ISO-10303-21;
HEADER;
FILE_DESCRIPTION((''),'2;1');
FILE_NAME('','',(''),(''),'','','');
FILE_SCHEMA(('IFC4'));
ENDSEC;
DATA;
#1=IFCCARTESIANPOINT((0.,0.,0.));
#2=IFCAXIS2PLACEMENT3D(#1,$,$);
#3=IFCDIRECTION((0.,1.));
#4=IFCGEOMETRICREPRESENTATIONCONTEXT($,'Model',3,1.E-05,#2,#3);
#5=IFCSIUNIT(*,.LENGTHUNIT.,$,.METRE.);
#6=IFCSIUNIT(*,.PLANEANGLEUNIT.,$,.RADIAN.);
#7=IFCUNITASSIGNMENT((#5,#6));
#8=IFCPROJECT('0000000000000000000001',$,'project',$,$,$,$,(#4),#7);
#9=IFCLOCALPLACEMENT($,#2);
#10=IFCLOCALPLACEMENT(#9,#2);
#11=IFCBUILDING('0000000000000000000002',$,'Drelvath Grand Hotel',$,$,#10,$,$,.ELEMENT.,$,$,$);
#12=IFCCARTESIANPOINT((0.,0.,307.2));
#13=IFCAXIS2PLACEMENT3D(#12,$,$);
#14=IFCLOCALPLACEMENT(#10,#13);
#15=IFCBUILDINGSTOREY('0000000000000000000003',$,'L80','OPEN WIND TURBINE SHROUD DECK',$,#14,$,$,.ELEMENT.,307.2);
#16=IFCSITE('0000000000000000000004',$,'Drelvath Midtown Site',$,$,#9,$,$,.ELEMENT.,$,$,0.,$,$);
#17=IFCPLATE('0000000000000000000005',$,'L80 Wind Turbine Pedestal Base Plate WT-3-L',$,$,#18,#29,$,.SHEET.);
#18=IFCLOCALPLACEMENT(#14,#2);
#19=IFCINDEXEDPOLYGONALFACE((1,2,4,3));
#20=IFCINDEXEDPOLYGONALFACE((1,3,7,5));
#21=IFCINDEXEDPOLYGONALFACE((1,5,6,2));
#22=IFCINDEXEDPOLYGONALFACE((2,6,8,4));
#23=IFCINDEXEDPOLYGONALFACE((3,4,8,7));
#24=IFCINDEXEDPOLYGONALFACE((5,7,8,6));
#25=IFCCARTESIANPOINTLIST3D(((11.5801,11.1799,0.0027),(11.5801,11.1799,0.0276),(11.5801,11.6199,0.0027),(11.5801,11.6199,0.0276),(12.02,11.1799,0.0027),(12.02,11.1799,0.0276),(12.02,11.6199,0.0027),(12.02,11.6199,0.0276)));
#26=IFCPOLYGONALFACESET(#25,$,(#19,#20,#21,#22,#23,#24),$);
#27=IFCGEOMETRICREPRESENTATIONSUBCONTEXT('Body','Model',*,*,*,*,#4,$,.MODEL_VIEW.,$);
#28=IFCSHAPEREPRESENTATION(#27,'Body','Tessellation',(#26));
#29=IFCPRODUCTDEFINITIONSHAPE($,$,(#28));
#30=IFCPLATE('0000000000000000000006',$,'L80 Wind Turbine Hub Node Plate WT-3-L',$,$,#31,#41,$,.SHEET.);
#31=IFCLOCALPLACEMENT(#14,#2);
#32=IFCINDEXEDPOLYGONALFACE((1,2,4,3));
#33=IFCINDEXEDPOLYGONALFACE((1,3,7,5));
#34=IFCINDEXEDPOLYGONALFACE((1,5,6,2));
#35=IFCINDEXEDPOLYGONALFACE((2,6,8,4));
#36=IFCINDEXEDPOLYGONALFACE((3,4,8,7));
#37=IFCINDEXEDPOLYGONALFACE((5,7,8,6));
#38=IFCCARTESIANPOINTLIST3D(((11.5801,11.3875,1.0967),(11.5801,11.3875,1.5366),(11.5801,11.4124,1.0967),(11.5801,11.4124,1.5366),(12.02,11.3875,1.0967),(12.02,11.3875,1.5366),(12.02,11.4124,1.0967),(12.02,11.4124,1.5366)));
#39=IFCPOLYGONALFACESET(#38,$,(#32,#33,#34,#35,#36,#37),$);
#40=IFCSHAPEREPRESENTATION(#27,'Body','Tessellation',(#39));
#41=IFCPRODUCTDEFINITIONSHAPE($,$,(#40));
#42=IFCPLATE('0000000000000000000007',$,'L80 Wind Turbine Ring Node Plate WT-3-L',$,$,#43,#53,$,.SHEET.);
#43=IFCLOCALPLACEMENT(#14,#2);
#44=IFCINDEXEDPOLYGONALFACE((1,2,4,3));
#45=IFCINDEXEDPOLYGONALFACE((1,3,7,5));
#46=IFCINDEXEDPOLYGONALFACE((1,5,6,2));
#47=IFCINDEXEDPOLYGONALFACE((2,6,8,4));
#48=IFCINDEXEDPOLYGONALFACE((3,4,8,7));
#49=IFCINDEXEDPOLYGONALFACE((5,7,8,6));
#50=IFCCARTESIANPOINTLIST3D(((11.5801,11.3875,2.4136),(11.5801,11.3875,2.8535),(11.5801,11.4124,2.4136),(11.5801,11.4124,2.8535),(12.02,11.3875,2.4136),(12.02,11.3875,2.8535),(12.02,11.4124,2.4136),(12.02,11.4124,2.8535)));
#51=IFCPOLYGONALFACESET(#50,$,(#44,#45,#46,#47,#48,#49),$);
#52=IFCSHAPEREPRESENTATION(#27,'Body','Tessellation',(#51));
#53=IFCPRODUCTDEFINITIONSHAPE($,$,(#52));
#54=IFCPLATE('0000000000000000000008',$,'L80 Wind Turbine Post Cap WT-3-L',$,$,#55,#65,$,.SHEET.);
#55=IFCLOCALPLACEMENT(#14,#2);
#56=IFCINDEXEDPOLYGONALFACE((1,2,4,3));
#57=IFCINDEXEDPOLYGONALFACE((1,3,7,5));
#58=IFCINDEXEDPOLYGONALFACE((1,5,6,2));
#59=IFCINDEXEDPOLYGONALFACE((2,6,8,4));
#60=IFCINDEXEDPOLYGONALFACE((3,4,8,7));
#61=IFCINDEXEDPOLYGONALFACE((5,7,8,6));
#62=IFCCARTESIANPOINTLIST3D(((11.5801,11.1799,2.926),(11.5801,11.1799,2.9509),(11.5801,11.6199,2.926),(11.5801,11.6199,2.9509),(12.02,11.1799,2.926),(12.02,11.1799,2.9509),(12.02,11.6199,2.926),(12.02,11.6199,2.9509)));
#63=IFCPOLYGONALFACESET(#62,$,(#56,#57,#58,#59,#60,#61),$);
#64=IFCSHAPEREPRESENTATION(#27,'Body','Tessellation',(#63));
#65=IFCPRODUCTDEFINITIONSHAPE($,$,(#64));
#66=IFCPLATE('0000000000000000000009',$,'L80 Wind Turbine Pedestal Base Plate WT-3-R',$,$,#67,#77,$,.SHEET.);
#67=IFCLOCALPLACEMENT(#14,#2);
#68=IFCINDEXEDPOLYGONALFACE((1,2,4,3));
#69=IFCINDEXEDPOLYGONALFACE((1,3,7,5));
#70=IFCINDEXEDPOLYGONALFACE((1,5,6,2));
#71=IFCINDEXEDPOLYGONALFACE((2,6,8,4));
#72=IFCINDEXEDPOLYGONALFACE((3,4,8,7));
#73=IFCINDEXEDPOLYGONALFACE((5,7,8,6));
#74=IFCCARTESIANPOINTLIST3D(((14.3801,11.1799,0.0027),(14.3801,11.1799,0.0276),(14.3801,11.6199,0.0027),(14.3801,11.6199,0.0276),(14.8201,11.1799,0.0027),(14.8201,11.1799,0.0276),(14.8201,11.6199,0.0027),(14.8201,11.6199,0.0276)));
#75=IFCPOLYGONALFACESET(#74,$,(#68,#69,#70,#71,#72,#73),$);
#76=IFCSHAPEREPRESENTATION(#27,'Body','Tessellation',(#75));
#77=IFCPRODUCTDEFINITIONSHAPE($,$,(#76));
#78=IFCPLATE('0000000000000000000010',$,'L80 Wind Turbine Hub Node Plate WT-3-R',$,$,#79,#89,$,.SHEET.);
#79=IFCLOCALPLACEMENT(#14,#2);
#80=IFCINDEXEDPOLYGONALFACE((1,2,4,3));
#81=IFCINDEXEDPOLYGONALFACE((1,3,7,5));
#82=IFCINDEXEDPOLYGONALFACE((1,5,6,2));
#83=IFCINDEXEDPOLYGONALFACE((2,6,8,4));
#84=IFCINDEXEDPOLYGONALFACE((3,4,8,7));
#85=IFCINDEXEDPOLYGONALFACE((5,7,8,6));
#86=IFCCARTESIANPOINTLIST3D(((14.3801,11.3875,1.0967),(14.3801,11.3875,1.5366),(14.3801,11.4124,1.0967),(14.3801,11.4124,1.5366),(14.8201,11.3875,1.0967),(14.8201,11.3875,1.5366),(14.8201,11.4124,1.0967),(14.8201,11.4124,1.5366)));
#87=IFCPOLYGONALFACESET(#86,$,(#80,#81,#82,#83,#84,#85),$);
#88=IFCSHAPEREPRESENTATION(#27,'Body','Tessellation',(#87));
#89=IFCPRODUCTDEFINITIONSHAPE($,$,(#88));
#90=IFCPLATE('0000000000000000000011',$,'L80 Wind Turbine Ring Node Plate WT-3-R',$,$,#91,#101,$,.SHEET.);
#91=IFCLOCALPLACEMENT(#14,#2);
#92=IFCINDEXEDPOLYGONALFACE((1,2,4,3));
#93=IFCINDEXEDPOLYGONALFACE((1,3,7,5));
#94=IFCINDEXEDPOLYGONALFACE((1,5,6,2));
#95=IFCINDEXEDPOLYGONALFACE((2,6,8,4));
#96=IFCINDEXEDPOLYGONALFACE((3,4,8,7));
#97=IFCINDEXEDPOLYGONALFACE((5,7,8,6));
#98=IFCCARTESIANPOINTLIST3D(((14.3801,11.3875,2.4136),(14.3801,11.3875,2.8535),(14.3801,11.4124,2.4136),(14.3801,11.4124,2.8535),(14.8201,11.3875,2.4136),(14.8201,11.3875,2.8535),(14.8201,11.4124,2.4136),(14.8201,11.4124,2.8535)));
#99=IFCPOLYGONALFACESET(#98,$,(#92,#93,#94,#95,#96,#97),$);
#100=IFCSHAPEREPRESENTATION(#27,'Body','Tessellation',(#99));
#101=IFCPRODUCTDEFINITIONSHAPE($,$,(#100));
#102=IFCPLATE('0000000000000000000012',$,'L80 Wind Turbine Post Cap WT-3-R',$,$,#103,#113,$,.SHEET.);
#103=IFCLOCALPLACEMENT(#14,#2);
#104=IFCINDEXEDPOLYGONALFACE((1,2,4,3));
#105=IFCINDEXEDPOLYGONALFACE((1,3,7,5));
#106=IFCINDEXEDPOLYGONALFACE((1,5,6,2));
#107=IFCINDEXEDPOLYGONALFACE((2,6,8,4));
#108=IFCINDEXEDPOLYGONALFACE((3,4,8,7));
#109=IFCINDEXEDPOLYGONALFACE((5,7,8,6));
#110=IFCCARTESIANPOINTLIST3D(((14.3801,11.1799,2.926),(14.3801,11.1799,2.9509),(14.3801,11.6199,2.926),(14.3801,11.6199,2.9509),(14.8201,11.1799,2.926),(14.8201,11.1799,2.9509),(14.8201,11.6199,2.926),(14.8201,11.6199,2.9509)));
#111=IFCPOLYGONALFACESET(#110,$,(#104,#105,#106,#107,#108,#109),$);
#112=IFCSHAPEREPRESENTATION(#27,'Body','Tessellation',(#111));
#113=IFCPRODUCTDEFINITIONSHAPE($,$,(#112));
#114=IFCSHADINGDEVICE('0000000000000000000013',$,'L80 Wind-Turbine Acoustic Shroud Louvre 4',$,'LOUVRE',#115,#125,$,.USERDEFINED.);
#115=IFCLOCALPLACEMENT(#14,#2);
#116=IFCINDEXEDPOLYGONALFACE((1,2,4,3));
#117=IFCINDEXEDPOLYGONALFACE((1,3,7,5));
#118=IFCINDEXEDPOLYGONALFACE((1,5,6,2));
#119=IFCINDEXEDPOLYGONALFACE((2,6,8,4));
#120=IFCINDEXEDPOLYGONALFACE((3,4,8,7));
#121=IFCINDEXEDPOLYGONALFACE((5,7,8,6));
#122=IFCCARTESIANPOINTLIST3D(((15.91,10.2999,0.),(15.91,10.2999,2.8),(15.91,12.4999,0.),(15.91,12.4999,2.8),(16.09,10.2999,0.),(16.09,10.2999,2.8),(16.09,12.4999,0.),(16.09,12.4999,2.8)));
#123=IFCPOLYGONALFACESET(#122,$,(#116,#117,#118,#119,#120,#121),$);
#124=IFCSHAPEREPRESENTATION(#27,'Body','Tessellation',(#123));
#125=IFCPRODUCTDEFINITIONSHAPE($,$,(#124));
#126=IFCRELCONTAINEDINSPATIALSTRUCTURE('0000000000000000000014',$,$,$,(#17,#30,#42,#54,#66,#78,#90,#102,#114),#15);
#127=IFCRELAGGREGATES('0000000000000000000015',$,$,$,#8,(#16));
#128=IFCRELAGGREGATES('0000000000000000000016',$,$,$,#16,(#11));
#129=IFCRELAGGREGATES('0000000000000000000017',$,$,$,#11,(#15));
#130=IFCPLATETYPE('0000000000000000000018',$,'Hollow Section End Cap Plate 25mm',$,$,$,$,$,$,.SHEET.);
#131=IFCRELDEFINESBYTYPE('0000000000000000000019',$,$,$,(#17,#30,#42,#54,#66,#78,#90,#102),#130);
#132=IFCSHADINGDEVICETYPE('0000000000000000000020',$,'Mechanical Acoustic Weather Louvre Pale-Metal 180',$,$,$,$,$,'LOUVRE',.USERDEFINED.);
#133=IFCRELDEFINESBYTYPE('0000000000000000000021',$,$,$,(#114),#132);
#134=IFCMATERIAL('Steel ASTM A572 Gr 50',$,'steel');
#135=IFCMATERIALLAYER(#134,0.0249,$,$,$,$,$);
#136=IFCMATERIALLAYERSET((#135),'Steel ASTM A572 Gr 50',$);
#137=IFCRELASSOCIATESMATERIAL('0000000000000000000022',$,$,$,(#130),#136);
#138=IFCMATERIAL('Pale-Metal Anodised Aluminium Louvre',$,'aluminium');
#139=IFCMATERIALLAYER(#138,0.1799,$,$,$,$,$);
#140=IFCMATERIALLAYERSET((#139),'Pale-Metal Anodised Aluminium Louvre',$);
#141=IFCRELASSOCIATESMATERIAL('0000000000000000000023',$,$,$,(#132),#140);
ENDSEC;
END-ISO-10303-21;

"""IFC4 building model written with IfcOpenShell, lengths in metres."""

from ifc_helpers import new_model, si_unit, direction, frame, origin, origin_2d, place, context, subcontext, project, spatial, rectangle, extrude, material, layer, layer_set, type_object, element, save


model = new_model("IFC4")

# Units and contexts
model_context = context("Model", 3, precision=1e-05, world=origin(), true_north=direction((0.0, 1.0)))
body_context = subcontext(model_context, "Body", "Model", "MODEL_VIEW")
ifc_project = project(units=[si_unit("LENGTHUNIT", "METRE"), si_unit("PLANEANGLEUNIT", "RADIAN")], contexts=[model_context])

# Site, building, storey
site_placement = place(None, origin())
site = spatial("IfcSite", under=ifc_project, at=site_placement, Name="Drelvath Midtown Site", CompositionType="ELEMENT", RefElevation=0.0)
building_placement = place(site_placement, origin())
building = spatial("IfcBuilding", under=site, at=building_placement, Name="Drelvath Grand Hotel", CompositionType="ELEMENT")
storey_placement = place(building_placement, frame((0.0, 0.0, 307.2)))
storey = spatial("IfcBuildingStorey", under=building, at=storey_placement, Name="L80", Description="OPEN WIND TURBINE SHROUD DECK", CompositionType="ELEMENT", Elevation=307.2)

# Shared definitions
ifc_material_1 = material(Name="Steel ASTM A572 Gr 50", Category="steel")

# Plates
ifc_layer_1 = layer(ifc_material_1, 0.0249)
ifc_layer_set_1 = layer_set([ifc_layer_1], Name="Steel ASTM A572 Gr 50")
plate_type = type_object("IfcPlateType", Name="Hollow Section End Cap Plate 25mm", PredefinedType="SHEET", material=ifc_layer_set_1)
plate_1_placement = place(storey_placement, frame((11.8, 11.3999, 0.0027), z_axis=(0.0, 0.0, 1.0), x_axis=(1.0, 0.0, 0.0)))
element("IfcPlate", 1, at=plate_1_placement, inside=storey, type_object=plate_type, Name="L80 Wind Turbine Pedestal Base Plate WT-3-L", PredefinedType="SHEET", context=body_context, shape_type="SweptSolid", body=[
    extrude(rectangle(XDim=0.4399, YDim=0.4399, at=origin_2d()), origin(), (0.0, 0.0, 1.0), 0.0249),
])
for number, where, z_axis, x_axis, name in (
    (2, (11.8, 11.3999, 1.0967), (0.0, 0.0, 1.0), (1.0, 0.0, 0.0), "L80 Wind Turbine Hub Node Plate WT-3-L"),
    (3, (11.8, 11.3999, 2.4136), (0.0, 0.0, 1.0), (1.0, 0.0, 0.0), "L80 Wind Turbine Ring Node Plate WT-3-L"),
):
    element("IfcPlate", number, at=place(storey_placement, frame(where, z_axis=z_axis, x_axis=x_axis)), inside=storey, type_object=plate_type, Name=name, PredefinedType="SHEET", context=body_context, shape_type="SweptSolid", body=[
        extrude(rectangle(XDim=0.4399, YDim=0.0249, at=origin_2d()), origin(), (0.0, 0.0, 1.0), 0.4399),
    ])
for number, where, z_axis, x_axis, name in (
    (4, (11.8, 11.3999, 2.926), (0.0, 0.0, 1.0), (1.0, 0.0, 0.0), "L80 Wind Turbine Post Cap WT-3-L"),
    (5, (14.6001, 11.3999, 0.0027), (0.0, 0.0, 1.0), (1.0, 0.0, 0.0), "L80 Wind Turbine Pedestal Base Plate WT-3-R"),
):
    element("IfcPlate", number, at=place(storey_placement, frame(where, z_axis=z_axis, x_axis=x_axis)), inside=storey, type_object=plate_type, Name=name, PredefinedType="SHEET", context=body_context, shape_type="SweptSolid", body=[
        extrude(rectangle(XDim=0.4399, YDim=0.4399, at=origin_2d()), origin(), (0.0, 0.0, 1.0), 0.0249),
    ])
for number, where, z_axis, x_axis, name in (
    (6, (14.6001, 11.3999, 1.0967), (0.0, 0.0, 1.0), (1.0, 0.0, 0.0), "L80 Wind Turbine Hub Node Plate WT-3-R"),
    (7, (14.6001, 11.3999, 2.4136), (0.0, 0.0, 1.0), (1.0, 0.0, 0.0), "L80 Wind Turbine Ring Node Plate WT-3-R"),
):
    element("IfcPlate", number, at=place(storey_placement, frame(where, z_axis=z_axis, x_axis=x_axis)), inside=storey, type_object=plate_type, Name=name, PredefinedType="SHEET", context=body_context, shape_type="SweptSolid", body=[
        extrude(rectangle(XDim=0.4399, YDim=0.0249, at=origin_2d()), origin(), (0.0, 0.0, 1.0), 0.4399),
    ])
plate_2_placement = place(storey_placement, frame((14.6001, 11.3999, 2.926), z_axis=(0.0, 0.0, 1.0), x_axis=(1.0, 0.0, 0.0)))
element("IfcPlate", 8, at=plate_2_placement, inside=storey, type_object=plate_type, Name="L80 Wind Turbine Post Cap WT-3-R", PredefinedType="SHEET", context=body_context, shape_type="SweptSolid", body=[
    extrude(rectangle(XDim=0.4399, YDim=0.4399, at=origin_2d()), origin(), (0.0, 0.0, 1.0), 0.0249),
])

# Shading device
ifc_material_2 = material(Name="Pale-Metal Anodised Aluminium Louvre", Category="aluminium")
ifc_layer_2 = layer(ifc_material_2, 0.1799)
ifc_layer_set_2 = layer_set([ifc_layer_2], Name="Pale-Metal Anodised Aluminium Louvre")
shading_device_type = type_object("IfcShadingDeviceType", Name="Mechanical Acoustic Weather Louvre Pale-Metal 180", ElementType="LOUVRE", PredefinedType="USERDEFINED", material=ifc_layer_set_2)
shading_device_placement = place(storey_placement, frame((16.0, 11.3999, 0.0), z_axis=(0.0, 0.0, 1.0), x_axis=(1.0, 0.0, 0.0)))
element("IfcShadingDevice", 9, at=shading_device_placement, inside=storey, type_object=shading_device_type, Name="L80 Wind-Turbine Acoustic Shroud Louvre 4", ObjectType="LOUVRE", PredefinedType="USERDEFINED", context=body_context, shape_type="SweptSolid", body=[
    extrude(rectangle(XDim=0.1799, YDim=2.2, at=origin_2d()), origin(), (0.0, 0.0, 1.0), 2.8),
])

save(model, "model.ifc")
